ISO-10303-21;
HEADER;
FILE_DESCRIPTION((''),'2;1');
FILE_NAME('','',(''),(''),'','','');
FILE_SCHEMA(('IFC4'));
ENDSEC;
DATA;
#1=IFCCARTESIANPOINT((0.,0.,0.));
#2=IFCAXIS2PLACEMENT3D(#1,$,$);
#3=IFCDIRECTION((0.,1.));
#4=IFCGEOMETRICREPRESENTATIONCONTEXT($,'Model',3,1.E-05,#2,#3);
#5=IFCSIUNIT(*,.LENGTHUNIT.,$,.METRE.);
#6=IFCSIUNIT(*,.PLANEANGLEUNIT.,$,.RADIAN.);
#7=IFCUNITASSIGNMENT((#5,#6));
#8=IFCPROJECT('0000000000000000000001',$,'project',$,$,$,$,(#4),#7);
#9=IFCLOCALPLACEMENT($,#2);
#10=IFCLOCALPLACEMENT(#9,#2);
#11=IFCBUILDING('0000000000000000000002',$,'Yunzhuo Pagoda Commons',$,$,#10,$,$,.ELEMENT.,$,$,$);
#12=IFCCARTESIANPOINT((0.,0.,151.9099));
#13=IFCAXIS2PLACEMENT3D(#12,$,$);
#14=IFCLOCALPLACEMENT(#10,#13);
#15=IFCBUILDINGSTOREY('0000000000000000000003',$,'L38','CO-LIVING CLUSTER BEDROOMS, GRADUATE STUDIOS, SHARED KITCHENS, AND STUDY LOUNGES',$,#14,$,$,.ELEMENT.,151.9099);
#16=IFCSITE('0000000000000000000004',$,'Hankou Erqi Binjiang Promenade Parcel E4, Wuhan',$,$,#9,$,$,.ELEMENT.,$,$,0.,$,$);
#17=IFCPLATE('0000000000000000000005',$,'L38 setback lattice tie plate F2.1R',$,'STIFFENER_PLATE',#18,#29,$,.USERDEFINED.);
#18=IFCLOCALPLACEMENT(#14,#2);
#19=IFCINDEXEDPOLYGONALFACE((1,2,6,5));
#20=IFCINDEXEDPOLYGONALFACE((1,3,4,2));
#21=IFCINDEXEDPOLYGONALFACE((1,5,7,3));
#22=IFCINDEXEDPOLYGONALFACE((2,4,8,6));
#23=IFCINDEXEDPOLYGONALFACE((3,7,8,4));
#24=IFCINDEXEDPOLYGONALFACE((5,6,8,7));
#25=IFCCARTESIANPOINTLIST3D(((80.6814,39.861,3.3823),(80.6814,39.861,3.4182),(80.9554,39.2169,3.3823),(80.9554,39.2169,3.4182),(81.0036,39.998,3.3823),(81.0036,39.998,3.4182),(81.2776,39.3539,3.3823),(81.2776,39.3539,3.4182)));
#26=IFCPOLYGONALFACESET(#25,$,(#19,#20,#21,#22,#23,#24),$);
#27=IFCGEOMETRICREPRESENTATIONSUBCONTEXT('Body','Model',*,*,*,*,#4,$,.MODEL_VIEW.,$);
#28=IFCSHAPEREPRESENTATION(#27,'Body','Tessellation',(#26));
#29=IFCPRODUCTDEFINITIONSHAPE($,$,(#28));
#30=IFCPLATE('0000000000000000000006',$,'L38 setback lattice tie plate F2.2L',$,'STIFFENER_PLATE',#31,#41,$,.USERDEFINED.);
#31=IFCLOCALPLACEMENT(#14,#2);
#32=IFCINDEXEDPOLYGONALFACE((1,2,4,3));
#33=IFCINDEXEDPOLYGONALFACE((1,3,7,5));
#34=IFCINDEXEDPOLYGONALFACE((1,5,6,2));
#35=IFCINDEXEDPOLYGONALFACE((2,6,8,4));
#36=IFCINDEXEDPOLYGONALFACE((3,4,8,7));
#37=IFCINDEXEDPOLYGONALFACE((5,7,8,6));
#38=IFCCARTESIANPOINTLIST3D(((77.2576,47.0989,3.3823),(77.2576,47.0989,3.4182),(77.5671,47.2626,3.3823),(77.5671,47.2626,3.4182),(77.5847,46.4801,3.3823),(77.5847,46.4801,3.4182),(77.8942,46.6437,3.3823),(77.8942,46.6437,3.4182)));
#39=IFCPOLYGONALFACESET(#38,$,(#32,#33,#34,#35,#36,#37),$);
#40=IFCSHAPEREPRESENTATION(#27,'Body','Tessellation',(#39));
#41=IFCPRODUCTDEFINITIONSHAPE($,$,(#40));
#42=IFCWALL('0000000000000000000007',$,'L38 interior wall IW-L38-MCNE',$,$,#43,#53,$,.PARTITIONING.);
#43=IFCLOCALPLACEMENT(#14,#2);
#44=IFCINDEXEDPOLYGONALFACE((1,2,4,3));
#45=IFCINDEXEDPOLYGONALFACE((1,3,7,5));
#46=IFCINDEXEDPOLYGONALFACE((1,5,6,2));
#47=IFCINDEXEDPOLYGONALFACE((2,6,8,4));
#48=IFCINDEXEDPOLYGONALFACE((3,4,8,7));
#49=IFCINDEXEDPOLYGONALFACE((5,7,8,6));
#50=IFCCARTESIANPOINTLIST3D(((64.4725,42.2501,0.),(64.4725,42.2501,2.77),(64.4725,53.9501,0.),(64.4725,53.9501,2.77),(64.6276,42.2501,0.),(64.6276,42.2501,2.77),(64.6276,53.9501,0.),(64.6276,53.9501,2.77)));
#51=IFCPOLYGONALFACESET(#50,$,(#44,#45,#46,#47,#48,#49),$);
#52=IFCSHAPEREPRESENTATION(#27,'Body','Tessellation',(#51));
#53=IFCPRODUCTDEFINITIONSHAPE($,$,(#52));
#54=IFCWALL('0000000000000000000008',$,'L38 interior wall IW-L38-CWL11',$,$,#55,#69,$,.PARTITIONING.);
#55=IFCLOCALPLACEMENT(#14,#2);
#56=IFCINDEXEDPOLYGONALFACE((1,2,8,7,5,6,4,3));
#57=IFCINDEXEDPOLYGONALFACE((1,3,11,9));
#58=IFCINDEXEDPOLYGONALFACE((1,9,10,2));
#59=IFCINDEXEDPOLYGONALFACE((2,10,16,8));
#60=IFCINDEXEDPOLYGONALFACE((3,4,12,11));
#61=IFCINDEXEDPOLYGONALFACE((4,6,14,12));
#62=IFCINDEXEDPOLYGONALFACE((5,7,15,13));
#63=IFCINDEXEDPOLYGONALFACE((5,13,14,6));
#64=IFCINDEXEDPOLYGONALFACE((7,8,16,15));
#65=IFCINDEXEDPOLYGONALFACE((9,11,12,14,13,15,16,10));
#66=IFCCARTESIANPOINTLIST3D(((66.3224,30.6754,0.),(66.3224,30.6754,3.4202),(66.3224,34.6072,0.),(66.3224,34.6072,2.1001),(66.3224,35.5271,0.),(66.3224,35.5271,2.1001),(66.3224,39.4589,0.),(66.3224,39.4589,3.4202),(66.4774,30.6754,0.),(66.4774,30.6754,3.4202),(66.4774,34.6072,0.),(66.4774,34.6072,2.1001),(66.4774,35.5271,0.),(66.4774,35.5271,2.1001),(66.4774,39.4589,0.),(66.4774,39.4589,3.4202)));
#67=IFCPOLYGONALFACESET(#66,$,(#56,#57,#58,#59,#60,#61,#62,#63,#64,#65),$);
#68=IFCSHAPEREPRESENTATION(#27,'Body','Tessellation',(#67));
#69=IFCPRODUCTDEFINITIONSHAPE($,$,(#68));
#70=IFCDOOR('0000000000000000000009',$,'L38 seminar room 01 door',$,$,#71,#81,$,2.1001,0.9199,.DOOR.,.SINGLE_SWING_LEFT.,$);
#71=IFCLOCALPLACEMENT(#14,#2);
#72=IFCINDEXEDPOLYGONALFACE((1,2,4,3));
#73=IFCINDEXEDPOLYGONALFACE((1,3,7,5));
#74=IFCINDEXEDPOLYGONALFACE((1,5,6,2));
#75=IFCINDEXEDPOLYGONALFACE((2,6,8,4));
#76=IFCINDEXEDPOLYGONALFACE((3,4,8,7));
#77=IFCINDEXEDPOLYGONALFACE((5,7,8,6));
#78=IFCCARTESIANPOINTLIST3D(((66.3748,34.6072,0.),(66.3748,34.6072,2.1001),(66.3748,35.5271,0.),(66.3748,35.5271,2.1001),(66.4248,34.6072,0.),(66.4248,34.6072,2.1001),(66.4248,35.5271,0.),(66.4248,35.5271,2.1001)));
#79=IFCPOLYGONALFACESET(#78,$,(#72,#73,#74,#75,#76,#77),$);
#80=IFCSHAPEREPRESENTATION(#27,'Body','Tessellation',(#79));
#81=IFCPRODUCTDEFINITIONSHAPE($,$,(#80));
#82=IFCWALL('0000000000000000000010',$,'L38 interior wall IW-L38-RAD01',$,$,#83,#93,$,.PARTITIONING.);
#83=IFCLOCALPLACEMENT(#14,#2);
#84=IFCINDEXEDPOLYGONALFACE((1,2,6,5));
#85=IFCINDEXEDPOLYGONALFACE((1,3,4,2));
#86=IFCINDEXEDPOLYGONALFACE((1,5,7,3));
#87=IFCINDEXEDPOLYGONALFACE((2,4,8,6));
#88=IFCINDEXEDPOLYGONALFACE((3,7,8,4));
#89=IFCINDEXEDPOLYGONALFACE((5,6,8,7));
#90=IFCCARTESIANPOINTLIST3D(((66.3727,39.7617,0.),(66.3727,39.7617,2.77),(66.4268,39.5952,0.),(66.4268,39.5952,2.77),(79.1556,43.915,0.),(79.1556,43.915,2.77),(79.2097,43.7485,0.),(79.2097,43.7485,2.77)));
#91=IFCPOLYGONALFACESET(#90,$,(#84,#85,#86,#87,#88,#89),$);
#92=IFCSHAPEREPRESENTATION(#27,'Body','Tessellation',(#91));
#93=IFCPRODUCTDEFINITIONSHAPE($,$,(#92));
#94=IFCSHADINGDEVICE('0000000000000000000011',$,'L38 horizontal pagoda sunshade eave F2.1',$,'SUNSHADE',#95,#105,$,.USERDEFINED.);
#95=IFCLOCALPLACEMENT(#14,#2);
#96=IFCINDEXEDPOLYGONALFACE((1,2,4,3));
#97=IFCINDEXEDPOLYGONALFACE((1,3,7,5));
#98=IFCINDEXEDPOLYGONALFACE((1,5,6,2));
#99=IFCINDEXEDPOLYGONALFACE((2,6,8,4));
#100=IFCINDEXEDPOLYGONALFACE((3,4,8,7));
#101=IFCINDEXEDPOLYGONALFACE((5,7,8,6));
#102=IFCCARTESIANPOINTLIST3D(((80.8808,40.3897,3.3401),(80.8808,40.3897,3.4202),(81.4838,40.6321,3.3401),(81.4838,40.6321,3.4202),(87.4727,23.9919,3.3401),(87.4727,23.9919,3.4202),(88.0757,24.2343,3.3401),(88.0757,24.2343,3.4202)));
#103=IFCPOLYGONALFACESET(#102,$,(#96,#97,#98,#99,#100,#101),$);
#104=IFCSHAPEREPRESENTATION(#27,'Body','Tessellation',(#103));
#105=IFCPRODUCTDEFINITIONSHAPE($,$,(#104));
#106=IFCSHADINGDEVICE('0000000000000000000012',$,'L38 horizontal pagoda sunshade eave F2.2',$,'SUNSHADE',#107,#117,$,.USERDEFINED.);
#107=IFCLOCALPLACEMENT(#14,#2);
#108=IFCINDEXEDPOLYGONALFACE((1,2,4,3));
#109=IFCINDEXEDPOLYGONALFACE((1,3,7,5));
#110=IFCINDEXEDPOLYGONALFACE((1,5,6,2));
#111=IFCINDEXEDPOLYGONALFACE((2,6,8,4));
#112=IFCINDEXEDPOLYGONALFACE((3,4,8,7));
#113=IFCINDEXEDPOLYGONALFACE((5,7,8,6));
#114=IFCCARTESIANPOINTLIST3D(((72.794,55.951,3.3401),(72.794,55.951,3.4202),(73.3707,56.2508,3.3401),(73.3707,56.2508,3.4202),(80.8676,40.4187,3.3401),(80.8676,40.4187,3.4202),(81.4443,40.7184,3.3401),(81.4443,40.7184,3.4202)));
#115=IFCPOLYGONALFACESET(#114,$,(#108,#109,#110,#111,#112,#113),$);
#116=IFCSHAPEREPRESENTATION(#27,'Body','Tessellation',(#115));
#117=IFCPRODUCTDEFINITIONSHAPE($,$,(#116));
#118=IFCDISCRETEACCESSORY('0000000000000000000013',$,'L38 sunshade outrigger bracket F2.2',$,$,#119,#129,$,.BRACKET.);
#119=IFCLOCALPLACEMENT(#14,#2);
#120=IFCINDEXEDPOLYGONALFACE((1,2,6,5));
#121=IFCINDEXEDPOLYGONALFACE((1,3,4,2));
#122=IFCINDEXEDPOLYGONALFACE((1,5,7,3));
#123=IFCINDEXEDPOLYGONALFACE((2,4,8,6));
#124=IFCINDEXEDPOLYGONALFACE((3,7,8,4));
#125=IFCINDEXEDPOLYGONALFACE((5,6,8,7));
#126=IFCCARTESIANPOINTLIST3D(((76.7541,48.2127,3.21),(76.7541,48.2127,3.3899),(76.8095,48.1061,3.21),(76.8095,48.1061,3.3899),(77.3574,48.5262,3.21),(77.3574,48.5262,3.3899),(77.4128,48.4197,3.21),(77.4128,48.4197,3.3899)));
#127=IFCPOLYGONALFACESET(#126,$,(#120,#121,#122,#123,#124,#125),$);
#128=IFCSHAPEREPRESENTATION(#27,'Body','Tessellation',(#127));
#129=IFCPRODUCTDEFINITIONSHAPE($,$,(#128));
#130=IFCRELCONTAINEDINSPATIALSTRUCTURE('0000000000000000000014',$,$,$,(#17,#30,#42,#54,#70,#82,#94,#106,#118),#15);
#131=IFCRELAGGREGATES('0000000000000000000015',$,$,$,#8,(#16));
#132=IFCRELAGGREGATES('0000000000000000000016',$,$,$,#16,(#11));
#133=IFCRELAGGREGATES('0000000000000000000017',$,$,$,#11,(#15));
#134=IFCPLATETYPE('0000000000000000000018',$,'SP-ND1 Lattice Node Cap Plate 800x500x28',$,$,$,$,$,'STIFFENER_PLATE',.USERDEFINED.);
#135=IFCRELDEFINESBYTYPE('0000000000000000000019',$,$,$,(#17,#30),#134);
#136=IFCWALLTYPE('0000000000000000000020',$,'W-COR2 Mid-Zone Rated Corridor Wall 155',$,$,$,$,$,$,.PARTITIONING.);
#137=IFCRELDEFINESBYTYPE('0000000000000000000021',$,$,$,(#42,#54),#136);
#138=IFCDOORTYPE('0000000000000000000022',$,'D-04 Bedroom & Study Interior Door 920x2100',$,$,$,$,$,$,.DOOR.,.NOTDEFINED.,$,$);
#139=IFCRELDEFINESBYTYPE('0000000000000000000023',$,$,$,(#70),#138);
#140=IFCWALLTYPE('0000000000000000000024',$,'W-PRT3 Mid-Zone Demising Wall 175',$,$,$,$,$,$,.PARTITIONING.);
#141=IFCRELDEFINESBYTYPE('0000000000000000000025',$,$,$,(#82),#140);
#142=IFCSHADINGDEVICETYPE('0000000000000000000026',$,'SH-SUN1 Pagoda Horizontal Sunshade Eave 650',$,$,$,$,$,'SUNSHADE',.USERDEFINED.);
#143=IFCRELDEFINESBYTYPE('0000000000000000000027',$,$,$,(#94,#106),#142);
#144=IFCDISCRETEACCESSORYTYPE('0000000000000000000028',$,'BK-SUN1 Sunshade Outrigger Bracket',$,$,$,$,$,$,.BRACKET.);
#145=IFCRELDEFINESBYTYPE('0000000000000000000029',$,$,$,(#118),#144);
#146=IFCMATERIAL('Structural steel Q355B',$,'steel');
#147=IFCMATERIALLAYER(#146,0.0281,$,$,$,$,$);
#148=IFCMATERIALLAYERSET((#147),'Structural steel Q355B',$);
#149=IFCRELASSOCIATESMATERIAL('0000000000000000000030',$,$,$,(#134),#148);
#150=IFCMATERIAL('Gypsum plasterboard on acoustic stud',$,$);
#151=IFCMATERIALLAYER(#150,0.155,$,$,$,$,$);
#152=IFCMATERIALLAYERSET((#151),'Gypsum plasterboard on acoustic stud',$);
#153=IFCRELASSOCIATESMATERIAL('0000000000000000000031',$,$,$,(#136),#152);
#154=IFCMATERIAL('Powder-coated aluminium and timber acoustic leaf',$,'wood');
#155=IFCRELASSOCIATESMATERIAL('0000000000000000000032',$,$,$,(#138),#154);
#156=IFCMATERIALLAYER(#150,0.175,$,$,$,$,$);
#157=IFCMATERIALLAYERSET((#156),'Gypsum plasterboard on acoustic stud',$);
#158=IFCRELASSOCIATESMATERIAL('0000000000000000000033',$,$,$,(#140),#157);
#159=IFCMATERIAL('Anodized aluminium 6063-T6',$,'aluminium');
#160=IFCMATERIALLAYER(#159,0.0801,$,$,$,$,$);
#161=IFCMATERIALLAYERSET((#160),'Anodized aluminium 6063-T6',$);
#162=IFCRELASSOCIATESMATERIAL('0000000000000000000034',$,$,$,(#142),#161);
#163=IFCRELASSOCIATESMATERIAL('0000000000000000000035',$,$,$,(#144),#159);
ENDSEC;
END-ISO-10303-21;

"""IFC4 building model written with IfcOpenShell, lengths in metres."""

from ifc_helpers import new_model, si_unit, direction, frame, frame_2d, origin, origin_with_axes, origin_2d, place, context, subcontext, project, spatial, rectangle, extrude, source, transform, mapped, material, layer, layer_set, type_object, element, fill, save


model = new_model("IFC4")

# Units and contexts
model_context = context("Model", 3, precision=1e-05, world=origin(), true_north=direction((0.0, 1.0)))
body_context = subcontext(model_context, "Body", "Model", "MODEL_VIEW")
ifc_project = project(units=[si_unit("LENGTHUNIT", "METRE"), si_unit("PLANEANGLEUNIT", "RADIAN")], contexts=[model_context])

# Site, building, storey
site_placement = place(None, origin())
site = spatial("IfcSite", under=ifc_project, at=site_placement, Name="Hankou Erqi Binjiang Promenade Parcel E4, Wuhan", CompositionType="ELEMENT", RefElevation=0.0)
building_placement = place(site_placement, origin())
building = spatial("IfcBuilding", under=site, at=building_placement, Name="Yunzhuo Pagoda Commons", CompositionType="ELEMENT")
storey_placement = place(building_placement, frame((0.0, 0.0, 151.9099)))
storey = spatial("IfcBuildingStorey", under=building, at=storey_placement, Name="L38", Description="CO-LIVING CLUSTER BEDROOMS, GRADUATE STUDIOS, SHARED KITCHENS, AND STUDY LOUNGES", CompositionType="ELEMENT", Elevation=151.9099)

# Shared definitions
ifc_material_1 = material(Name="Structural steel Q355B", Category="steel")

# Shared definitions
ifc_material_2 = material(Name="Anodized aluminium 6063-T6", Category="aluminium")

# Plates
ifc_layer_1 = layer(ifc_material_1, 0.0281)
ifc_layer_set_1 = layer_set([ifc_layer_1], Name="Structural steel Q355B")
plate_type_1 = type_object("IfcPlateType", Name="SP-ND1 Lattice Node Cap Plate 800x500x28", ElementType="STIFFENER_PLATE", PredefinedType="USERDEFINED", material=ifc_layer_set_1)
shared_shape_1 = source(origin(), body_context, "Body", "SweptSolid", [
    extrude(rectangle(XDim=0.7, YDim=0.3501, at=origin_2d()), origin(), (0.0, 0.0, 1.0), 0.0359),
])
for number, where, z_axis, x_axis, name in (
    (1, (80.9795, 39.6074, 3.3823), (0.0, 0.0, 1.0), (-0.391406, 0.920218, 0.0), "L38 setback lattice tie plate F2.1R"),
    (2, (77.5759, 46.8713, 3.3823), (0.0, 0.0, 1.0), (-0.467359, 0.884068, 0.0), "L38 setback lattice tie plate F2.2L"),
):
    element("IfcPlate", number, at=place(storey_placement, frame(where, z_axis=z_axis, x_axis=x_axis)), inside=storey, type_object=plate_type_1, Name=name, ObjectType="STIFFENER_PLATE", PredefinedType="USERDEFINED", context=body_context, shape_type="MappedRepresentation", body=[
        mapped(shared_shape_1, transform((0.0, 0.0, 0.0), scale=1.0)),
    ])

# Wall
ifc_material_3 = material(Name="Gypsum plasterboard on acoustic stud")
ifc_layer_2 = layer(ifc_material_3, 0.155)
ifc_layer_set_2 = layer_set([ifc_layer_2], Name="Gypsum plasterboard on acoustic stud")
wall_type_1 = type_object("IfcWallType", Name="W-COR2 Mid-Zone Rated Corridor Wall 155", PredefinedType="PARTITIONING", material=ifc_layer_set_2)
wall_1_placement = place(storey_placement, frame((64.55, 42.25, 0.0), z_axis=(0.0, 0.0, 1.0), x_axis=(0.0, 1.0, 0.0)))
element("IfcWall", 3, at=wall_1_placement, inside=storey, type_object=wall_type_1, Name="L38 interior wall IW-L38-MCNE", PredefinedType="PARTITIONING", context=body_context, shape_type="SweptSolid", body=[
    extrude(rectangle(XDim=11.7, YDim=0.155, at=frame_2d((5.8501, 0.0))), origin(), (0.0, 0.0, 1.0), 2.77),
])

# Wall, opening, door
wall_2_placement = place(storey_placement, frame((66.3999, 39.4587, 0.0), z_axis=(0.0, 0.0, 1.0), x_axis=(0.0, -1.0, 0.0)))
wall_2 = element("IfcWall", 4, at=wall_2_placement, inside=storey, type_object=wall_type_1, Name="L38 interior wall IW-L38-CWL11", PredefinedType="PARTITIONING", context=body_context, shape_type="SweptSolid", body=[
    extrude(rectangle(XDim=8.7834, YDim=0.155, at=frame_2d((4.3916, 0.0))), origin(), (0.0, 0.0, 1.0), 3.4202),
])
opening_placement = place(wall_2_placement, frame((3.9316, 0.0, 0.0)))
opening = element("IfcOpeningElement", 5, at=opening_placement, cuts=wall_2, PredefinedType="OPENING", context=body_context, shape_type="SweptSolid", body=[
    extrude(rectangle(XDim=0.9199, YDim=2.1001, at=frame_2d((0.46, 1.05))), frame((0.0, 0.0874, 0.0), z_axis=(0.0, -1.0, 0.0), x_axis=(1.0, 0.0, 0.0)), (0.0, 0.0, 1.0), 0.175),
])
ifc_material_4 = material(Name="Powder-coated aluminium and timber acoustic leaf", Category="wood")
door_type = type_object("IfcDoorType", Name="D-04 Bedroom & Study Interior Door 920x2100", OperationType="NOTDEFINED", PredefinedType="DOOR", material=ifc_material_4)
shared_shape_2 = source(origin(), body_context, "Body", "SweptSolid", [
    extrude(rectangle(XDim=0.9199, YDim=2.1001, at=frame_2d((0.46, 1.05))), frame((0.0, 0.0249, 0.0), z_axis=(0.0, -1.0, 0.0), x_axis=(1.0, 0.0, 0.0)), (0.0, 0.0, 1.0), 0.05),
])
door_placement = place(opening_placement, origin_with_axes())
door = element("IfcDoor", 6, at=door_placement, inside=storey, type_object=door_type, Name="L38 seminar room 01 door", OperationType="SINGLE_SWING_LEFT", OverallHeight=2.1001, OverallWidth=0.9199, PredefinedType="DOOR", context=body_context, shape_type="MappedRepresentation", body=[
    mapped(shared_shape_2, transform((0.0, 0.0, 0.0), scale=1.0)),
])
fill(opening, door)

# Wall
ifc_layer_3 = layer(ifc_material_3, 0.175)
ifc_layer_set_3 = layer_set([ifc_layer_3], Name="Gypsum plasterboard on acoustic stud")
wall_type_2 = type_object("IfcWallType", Name="W-PRT3 Mid-Zone Demising Wall 175", PredefinedType="PARTITIONING", material=ifc_layer_set_3)
wall_3_placement = place(storey_placement, frame((66.3999, 39.6785, 0.0), z_axis=(0.0, 0.0, 1.0), x_axis=(0.951059, 0.309009, 0.0)))
element("IfcWall", 7, at=wall_3_placement, inside=storey, type_object=wall_type_2, Name="L38 interior wall IW-L38-RAD01", PredefinedType="PARTITIONING", context=body_context, shape_type="SweptSolid", body=[
    extrude(rectangle(XDim=13.4407, YDim=0.175, at=frame_2d((6.7202, 0.0))), origin(), (0.0, 0.0, 1.0), 2.77),
])

# Shading devices
ifc_layer_4 = layer(ifc_material_2, 0.0801)
ifc_layer_set_4 = layer_set([ifc_layer_4], Name="Anodized aluminium 6063-T6")
shading_device_type = type_object("IfcShadingDeviceType", Name="SH-SUN1 Pagoda Horizontal Sunshade Eave 650", ElementType="SUNSHADE", PredefinedType="USERDEFINED", material=ifc_layer_set_4)
shared_shape_3 = source(origin(), body_context, "Body", "SweptSolid", [
    extrude(rectangle(XDim=17.6731, YDim=0.6499, at=origin_2d()), origin(), (0.0, 0.0, 1.0), 0.0801),
])
shading_device_1_placement = place(storey_placement, frame((84.4783, 32.312, 3.3401), z_axis=(0.0, 0.0, 1.0), x_axis=(-0.372988, 0.927836, 0.0)))
element("IfcShadingDevice", 8, at=shading_device_1_placement, inside=storey, type_object=shading_device_type, Name="L38 horizontal pagoda sunshade eave F2.1", ObjectType="SUNSHADE", PredefinedType="USERDEFINED", context=body_context, shape_type="MappedRepresentation", body=[
    mapped(shared_shape_3, transform((0.0, 0.0, 0.0), scale=1.0)),
])
shared_shape_4 = source(origin(), body_context, "Body", "SweptSolid", [
    extrude(rectangle(XDim=17.5054, YDim=0.6499, at=origin_2d()), origin(), (0.0, 0.0, 1.0), 0.0801),
])
shading_device_2_placement = place(storey_placement, frame((77.1191, 48.3347, 3.3401), z_axis=(0.0, 0.0, 1.0), x_axis=(-0.461207, 0.887293, 0.0)))
element("IfcShadingDevice", 9, at=shading_device_2_placement, inside=storey, type_object=shading_device_type, Name="L38 horizontal pagoda sunshade eave F2.2", ObjectType="SUNSHADE", PredefinedType="USERDEFINED", context=body_context, shape_type="MappedRepresentation", body=[
    mapped(shared_shape_4, transform((0.0, 0.0, 0.0), scale=1.0)),
])

# Discrete accessory
discrete_accessory_type = type_object("IfcDiscreteAccessoryType", Name="BK-SUN1 Sunshade Outrigger Bracket", PredefinedType="BRACKET", material=ifc_material_2)
shared_shape_5 = source(origin(), body_context, "Body", "SweptSolid", [
    extrude(rectangle(XDim=0.1201, YDim=0.6799, at=origin_2d()), origin(), (0.0, 0.0, 1.0), 0.1799),
])
discrete_accessory_placement = place(storey_placement, frame((77.0835, 48.3162, 3.21), z_axis=(0.0, 0.0, 1.0), x_axis=(-0.461207, 0.887293, 0.0)))
element("IfcDiscreteAccessory", 10, at=discrete_accessory_placement, inside=storey, type_object=discrete_accessory_type, Name="L38 sunshade outrigger bracket F2.2", PredefinedType="BRACKET", context=body_context, shape_type="MappedRepresentation", body=[
    mapped(shared_shape_5, transform((0.0, 0.0, 0.0), scale=1.0)),
])

save(model, "model.ifc")
